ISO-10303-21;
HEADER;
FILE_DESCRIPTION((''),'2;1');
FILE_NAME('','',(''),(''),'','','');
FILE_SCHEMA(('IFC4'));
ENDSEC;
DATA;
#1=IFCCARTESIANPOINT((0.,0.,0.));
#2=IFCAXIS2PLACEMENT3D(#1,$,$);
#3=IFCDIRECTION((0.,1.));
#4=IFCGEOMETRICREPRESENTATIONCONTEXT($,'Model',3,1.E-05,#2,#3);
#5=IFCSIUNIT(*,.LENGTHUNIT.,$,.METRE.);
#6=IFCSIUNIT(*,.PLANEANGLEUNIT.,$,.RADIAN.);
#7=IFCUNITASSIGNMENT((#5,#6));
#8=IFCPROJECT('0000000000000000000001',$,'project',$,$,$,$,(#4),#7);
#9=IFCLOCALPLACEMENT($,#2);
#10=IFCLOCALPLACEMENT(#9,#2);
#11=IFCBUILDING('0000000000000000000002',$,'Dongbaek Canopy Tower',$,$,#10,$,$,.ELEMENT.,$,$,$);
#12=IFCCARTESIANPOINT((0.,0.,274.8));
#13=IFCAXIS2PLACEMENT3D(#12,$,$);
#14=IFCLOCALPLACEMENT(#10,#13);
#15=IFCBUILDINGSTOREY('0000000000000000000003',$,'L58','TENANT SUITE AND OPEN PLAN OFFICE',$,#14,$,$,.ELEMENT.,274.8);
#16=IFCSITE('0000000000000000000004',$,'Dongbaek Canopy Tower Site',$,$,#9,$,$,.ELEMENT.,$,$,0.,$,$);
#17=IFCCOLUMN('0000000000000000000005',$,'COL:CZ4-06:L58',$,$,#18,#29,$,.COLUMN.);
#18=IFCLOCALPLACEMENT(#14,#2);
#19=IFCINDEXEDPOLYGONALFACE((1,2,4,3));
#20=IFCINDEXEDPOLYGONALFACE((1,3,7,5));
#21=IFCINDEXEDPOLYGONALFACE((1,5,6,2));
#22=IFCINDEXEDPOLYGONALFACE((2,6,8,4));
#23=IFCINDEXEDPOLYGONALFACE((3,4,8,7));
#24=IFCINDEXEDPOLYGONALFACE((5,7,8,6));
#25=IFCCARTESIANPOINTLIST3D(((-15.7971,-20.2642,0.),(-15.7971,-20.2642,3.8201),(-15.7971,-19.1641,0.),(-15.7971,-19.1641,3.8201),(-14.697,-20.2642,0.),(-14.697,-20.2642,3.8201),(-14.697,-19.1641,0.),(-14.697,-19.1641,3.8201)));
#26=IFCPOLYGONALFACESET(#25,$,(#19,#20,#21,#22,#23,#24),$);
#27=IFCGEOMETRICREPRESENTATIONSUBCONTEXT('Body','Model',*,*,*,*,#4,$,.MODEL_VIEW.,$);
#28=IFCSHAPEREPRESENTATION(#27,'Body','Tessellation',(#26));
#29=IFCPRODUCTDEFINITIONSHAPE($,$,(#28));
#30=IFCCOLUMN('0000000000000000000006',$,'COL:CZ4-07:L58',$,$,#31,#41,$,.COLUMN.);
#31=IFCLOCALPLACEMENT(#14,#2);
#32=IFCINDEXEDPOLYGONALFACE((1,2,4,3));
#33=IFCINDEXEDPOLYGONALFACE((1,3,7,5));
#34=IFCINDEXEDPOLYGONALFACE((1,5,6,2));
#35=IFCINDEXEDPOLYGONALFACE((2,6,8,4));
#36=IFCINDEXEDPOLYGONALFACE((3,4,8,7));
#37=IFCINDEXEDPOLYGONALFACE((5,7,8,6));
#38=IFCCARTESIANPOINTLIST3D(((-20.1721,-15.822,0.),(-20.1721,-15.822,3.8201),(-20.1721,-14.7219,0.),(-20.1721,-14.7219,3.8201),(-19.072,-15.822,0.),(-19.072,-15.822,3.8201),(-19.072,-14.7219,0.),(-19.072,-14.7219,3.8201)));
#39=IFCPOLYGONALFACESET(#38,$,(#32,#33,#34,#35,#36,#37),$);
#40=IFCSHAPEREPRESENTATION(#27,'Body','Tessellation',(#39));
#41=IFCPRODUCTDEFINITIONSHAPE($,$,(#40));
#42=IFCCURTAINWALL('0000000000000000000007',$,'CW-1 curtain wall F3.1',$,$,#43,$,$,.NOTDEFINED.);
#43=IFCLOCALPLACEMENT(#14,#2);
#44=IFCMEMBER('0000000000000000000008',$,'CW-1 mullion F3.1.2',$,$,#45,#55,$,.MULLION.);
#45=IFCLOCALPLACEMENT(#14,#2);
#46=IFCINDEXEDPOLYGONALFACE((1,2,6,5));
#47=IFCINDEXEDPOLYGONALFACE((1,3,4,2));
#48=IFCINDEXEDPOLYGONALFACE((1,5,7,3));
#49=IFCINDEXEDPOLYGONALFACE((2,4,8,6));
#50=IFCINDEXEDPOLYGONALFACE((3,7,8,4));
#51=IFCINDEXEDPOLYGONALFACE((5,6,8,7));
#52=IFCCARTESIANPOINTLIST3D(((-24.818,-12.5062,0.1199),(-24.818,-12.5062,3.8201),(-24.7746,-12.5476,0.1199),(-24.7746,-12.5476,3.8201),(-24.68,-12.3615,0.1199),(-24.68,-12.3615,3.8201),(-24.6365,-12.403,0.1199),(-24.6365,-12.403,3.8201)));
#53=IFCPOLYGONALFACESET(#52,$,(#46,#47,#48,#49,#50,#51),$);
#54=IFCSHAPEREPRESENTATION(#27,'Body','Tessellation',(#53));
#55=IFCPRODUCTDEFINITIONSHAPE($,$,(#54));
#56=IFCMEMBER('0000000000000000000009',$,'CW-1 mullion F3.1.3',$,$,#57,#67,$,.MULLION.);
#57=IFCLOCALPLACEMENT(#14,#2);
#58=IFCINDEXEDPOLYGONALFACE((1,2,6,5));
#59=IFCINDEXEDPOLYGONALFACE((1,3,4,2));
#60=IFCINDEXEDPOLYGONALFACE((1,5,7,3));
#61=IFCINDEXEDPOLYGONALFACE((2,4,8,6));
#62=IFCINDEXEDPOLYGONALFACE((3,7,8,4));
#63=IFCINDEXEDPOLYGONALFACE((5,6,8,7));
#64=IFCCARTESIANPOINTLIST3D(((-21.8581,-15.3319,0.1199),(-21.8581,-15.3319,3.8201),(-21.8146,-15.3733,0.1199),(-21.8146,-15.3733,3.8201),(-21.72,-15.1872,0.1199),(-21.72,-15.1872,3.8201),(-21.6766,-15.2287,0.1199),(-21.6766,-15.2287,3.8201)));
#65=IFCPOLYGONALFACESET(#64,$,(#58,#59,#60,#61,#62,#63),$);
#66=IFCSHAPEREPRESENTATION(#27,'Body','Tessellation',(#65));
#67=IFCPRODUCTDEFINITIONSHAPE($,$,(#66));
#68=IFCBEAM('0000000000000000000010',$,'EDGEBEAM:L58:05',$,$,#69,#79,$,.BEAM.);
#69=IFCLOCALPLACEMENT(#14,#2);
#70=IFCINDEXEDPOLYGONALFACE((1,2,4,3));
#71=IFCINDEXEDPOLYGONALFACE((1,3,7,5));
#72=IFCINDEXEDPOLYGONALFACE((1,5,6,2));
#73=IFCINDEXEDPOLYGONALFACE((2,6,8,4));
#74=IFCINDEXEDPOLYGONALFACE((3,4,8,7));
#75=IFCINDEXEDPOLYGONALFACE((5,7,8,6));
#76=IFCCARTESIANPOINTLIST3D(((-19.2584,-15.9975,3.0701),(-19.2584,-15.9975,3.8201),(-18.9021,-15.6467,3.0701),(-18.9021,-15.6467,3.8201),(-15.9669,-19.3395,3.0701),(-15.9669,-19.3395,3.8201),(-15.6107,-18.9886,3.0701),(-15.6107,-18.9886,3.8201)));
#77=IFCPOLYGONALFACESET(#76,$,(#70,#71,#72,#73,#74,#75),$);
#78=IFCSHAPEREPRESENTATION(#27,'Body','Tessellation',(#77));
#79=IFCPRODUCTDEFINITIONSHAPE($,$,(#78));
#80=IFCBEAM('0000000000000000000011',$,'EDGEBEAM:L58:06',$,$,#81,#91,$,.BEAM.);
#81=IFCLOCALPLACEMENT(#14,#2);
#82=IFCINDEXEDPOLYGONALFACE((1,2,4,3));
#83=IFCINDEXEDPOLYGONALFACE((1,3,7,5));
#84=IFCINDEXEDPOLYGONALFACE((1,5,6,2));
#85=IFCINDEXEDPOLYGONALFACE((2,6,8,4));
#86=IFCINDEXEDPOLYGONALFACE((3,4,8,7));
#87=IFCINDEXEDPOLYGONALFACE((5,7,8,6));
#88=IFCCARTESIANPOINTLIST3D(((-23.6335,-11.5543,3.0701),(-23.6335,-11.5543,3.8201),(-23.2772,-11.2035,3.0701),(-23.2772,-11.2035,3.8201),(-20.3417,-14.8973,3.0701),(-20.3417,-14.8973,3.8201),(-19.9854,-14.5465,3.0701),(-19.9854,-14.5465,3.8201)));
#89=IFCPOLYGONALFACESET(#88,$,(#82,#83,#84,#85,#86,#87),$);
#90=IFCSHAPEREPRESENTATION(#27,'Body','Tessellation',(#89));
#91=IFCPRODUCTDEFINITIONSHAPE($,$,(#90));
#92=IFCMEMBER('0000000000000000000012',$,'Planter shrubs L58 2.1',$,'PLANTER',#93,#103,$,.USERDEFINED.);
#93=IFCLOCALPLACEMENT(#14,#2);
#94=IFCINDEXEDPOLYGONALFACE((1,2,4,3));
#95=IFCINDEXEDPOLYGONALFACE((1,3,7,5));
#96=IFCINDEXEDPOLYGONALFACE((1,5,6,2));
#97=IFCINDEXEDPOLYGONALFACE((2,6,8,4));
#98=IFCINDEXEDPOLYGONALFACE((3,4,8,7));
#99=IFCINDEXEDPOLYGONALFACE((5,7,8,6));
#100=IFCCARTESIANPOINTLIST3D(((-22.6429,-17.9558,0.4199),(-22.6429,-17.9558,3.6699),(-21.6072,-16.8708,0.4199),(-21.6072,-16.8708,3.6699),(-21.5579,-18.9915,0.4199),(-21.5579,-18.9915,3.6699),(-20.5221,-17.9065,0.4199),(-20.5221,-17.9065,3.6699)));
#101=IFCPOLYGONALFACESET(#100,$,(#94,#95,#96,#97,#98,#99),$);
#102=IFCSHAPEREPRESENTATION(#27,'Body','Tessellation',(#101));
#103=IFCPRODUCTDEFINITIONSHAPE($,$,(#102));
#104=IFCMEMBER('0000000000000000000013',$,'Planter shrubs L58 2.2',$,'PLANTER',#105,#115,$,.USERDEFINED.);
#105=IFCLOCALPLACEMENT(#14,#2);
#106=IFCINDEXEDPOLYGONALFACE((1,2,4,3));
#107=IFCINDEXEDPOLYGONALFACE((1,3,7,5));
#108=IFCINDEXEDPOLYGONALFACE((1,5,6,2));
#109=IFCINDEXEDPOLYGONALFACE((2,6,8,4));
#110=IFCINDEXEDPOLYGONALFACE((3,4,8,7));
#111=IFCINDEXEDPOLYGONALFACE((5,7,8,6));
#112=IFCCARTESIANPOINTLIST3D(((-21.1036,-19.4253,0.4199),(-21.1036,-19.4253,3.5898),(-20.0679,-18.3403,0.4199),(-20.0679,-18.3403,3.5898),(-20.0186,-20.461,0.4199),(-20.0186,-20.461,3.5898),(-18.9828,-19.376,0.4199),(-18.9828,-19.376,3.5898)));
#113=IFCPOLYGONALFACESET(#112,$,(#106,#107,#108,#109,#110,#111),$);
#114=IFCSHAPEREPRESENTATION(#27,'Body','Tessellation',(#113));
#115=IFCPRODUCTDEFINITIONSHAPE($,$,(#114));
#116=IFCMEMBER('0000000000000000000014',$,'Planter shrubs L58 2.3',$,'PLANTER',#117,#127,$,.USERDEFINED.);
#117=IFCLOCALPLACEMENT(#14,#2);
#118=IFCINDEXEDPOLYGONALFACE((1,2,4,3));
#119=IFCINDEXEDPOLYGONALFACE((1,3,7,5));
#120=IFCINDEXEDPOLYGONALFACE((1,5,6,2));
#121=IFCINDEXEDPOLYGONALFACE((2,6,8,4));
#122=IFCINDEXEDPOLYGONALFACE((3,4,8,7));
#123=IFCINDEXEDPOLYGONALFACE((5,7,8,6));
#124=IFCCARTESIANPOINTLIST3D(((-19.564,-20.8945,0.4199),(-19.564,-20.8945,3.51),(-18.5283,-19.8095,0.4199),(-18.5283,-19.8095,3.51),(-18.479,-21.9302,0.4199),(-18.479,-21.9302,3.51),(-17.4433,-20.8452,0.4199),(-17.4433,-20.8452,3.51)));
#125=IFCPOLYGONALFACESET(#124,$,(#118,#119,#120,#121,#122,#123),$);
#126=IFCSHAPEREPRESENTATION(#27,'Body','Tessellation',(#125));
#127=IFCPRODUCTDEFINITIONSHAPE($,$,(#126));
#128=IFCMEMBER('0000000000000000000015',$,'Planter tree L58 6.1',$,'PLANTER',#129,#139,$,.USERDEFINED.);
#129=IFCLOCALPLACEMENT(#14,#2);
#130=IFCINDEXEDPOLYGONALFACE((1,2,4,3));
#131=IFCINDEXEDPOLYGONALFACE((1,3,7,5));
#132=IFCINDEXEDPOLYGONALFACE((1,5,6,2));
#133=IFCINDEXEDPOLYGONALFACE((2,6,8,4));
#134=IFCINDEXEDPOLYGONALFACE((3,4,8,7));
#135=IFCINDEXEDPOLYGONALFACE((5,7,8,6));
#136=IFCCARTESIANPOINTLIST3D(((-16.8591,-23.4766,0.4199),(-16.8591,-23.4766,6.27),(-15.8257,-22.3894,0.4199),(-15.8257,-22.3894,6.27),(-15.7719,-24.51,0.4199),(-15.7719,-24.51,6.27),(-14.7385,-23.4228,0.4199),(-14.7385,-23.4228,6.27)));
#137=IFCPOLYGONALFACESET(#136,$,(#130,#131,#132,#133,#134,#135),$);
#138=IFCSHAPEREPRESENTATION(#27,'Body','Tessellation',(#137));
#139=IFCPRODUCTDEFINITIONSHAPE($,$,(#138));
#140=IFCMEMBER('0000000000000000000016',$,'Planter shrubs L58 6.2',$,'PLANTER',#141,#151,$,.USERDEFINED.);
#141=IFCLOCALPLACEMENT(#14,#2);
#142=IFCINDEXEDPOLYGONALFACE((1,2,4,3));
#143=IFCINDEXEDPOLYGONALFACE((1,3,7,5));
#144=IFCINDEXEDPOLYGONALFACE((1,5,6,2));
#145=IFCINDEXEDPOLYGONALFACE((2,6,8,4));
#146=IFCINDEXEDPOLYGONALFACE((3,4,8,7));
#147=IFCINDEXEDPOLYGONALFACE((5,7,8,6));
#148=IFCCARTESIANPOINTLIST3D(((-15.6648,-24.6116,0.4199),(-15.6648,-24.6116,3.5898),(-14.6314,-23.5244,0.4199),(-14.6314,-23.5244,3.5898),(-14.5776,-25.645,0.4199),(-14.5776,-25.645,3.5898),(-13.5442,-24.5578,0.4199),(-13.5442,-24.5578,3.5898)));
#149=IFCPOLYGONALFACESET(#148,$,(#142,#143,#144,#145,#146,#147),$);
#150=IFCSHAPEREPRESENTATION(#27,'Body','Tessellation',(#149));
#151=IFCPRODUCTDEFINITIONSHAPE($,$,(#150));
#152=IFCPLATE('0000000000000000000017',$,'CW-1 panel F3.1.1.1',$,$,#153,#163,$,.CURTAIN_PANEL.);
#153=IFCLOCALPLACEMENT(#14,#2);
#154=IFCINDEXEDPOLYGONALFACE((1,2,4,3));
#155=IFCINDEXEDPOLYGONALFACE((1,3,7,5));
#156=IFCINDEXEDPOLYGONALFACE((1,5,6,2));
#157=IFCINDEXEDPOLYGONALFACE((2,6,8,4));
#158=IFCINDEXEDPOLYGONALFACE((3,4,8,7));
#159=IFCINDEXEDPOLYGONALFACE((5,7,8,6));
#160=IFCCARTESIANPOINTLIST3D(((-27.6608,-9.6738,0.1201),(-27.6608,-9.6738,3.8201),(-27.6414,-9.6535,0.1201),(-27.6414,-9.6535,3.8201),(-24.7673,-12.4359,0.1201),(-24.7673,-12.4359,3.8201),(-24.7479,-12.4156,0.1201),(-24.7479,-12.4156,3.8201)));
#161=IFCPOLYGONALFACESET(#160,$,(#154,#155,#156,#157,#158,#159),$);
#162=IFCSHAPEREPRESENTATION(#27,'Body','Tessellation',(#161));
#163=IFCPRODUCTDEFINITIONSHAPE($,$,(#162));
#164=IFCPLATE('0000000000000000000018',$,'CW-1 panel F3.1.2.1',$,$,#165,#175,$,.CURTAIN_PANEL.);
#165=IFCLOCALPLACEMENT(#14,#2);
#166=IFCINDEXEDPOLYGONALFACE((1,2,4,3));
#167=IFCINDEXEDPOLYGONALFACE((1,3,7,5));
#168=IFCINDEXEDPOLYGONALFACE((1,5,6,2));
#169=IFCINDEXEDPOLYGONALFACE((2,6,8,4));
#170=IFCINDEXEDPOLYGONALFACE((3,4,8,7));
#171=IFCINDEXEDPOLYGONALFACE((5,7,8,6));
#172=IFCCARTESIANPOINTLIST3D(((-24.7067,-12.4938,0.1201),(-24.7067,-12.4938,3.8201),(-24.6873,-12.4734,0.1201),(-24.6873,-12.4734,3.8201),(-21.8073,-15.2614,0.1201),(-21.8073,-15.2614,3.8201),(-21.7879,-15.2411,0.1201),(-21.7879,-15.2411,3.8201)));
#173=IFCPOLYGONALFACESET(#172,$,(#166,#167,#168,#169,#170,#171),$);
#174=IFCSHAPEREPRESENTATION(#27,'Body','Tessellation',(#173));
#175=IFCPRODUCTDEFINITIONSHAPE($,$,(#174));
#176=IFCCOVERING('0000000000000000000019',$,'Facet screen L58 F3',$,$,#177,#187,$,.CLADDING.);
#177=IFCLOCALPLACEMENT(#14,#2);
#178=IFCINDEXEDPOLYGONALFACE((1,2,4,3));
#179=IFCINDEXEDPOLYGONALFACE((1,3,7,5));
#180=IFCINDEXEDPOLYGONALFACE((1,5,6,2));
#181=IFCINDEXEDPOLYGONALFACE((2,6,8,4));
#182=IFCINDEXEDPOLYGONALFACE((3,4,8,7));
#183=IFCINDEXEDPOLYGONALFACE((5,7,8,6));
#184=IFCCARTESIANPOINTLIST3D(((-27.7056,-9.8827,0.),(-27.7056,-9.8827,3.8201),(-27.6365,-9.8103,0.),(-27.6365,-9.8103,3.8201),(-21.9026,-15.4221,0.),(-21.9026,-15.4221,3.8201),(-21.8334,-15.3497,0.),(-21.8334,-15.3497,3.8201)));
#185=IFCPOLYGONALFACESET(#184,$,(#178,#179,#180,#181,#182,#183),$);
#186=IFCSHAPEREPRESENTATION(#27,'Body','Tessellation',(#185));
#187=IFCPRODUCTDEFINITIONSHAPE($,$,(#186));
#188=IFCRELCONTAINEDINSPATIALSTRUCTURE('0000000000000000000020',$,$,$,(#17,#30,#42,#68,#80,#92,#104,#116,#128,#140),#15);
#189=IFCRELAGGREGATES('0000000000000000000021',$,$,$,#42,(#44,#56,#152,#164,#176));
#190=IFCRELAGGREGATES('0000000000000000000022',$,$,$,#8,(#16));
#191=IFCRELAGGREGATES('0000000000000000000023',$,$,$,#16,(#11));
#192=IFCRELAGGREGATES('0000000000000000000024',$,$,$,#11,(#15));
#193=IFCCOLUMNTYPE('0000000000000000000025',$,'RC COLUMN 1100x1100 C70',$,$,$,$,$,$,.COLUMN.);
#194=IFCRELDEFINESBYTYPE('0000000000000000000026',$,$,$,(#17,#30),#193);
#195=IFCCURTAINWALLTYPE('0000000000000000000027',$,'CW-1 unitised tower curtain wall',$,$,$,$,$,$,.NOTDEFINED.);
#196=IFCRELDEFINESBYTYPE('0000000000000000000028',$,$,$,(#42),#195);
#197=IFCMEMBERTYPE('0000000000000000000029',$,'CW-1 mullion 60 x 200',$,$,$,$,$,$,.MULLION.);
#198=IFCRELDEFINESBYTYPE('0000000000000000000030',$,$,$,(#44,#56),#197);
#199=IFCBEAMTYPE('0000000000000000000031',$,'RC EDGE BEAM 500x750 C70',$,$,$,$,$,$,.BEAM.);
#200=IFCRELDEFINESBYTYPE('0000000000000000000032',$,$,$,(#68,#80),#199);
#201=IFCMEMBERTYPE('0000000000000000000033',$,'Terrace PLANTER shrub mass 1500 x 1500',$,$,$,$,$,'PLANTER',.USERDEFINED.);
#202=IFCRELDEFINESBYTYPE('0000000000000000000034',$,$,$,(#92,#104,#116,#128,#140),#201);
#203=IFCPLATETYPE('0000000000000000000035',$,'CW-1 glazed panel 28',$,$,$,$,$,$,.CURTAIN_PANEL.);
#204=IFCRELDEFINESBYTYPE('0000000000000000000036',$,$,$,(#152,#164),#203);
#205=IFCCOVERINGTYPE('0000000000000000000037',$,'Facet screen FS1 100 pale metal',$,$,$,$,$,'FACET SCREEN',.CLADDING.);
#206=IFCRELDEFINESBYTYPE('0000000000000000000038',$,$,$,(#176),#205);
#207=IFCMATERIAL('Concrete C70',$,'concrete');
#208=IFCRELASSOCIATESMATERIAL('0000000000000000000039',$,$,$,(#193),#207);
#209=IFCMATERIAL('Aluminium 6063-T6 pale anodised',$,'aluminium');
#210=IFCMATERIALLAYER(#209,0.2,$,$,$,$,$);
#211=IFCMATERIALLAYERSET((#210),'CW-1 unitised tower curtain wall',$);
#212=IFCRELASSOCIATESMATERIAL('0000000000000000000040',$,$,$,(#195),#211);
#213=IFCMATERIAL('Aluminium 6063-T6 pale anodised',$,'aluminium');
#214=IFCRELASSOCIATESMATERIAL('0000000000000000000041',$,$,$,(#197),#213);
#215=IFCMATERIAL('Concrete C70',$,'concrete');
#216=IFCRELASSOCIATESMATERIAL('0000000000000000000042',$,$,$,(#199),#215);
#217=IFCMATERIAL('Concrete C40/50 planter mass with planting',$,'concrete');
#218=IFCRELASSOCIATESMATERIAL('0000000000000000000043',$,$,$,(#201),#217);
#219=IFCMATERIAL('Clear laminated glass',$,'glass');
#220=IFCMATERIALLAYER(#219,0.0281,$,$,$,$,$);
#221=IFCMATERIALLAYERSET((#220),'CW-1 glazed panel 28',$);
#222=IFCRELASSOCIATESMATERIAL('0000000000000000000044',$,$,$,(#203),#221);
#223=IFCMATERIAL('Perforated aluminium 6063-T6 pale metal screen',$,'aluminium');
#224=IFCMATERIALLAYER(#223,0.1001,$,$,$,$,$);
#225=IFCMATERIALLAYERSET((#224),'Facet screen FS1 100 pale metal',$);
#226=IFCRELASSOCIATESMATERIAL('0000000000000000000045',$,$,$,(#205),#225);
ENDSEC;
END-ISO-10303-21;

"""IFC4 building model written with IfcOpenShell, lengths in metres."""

from ifc_helpers import new_model, si_unit, direction, frame, origin, origin_2d, place, context, subcontext, project, spatial, rectangle, extrude, material, layer, layer_set, material_profile, profile_set, type_object, element, aggregate, save


model = new_model("IFC4")

# Units and contexts
model_context = context("Model", 3, precision=1e-05, world=origin(), true_north=direction((0.0, 1.0)))
body_context = subcontext(model_context, "Body", "Model", "MODEL_VIEW")
ifc_project = project(units=[si_unit("LENGTHUNIT", "METRE"), si_unit("PLANEANGLEUNIT", "RADIAN")], contexts=[model_context])

# Site, building, storey
site_placement = place(None, origin())
site = spatial("IfcSite", under=ifc_project, at=site_placement, Name="Dongbaek Canopy Tower Site", CompositionType="ELEMENT", RefElevation=0.0)
building_placement = place(site_placement, origin())
building = spatial("IfcBuilding", under=site, at=building_placement, Name="Dongbaek Canopy Tower", CompositionType="ELEMENT")
storey_placement = place(building_placement, frame((0.0, 0.0, 274.8)))
storey = spatial("IfcBuildingStorey", under=building, at=storey_placement, Name="L58", Description="TENANT SUITE AND OPEN PLAN OFFICE", CompositionType="ELEMENT", Elevation=274.8)

# Columns
ifc_material_1 = material(Name="Concrete C70", Category="concrete")
ifc_material_profile_1 = material_profile(ifc_material_1, rectangle(XDim=1.1001, YDim=1.1001, at=origin_2d()), Name="RC COLUMN 1100x1100 C70")
ifc_profile_set_1 = profile_set([ifc_material_profile_1], Name="Concrete C70")
column_type = type_object("IfcColumnType", Name="RC COLUMN 1100x1100 C70", PredefinedType="COLUMN", material=ifc_profile_set_1)
for number, where, z_axis, x_axis, name in (
    (1, (-15.2471, -19.7141, 0.0), (0.0, 0.0, 1.0), (1.0, 0.0, 0.0), "COL:CZ4-06:L58"),
    (2, (-19.6221, -15.272, 0.0), (0.0, 0.0, 1.0), (1.0, 0.0, 0.0), "COL:CZ4-07:L58"),
):
    element("IfcColumn", number, at=place(storey_placement, frame(where, z_axis=z_axis, x_axis=x_axis)), inside=storey, type_object=column_type, Name=name, PredefinedType="COLUMN", context=body_context, shape_type="SweptSolid", body=[
        extrude(rectangle(XDim=1.1001, YDim=1.1001, at=origin_2d()), origin(), (0.0, 0.0, 1.0), 3.8201),
    ])

# Curtain wall, members
ifc_material_2 = material(Name="Aluminium 6063-T6 pale anodised", Category="aluminium")
ifc_layer_1 = layer(ifc_material_2, 0.2)
ifc_layer_set_1 = layer_set([ifc_layer_1], Name="CW-1 unitised tower curtain wall")
curtain_wall_type = type_object("IfcCurtainWallType", Name="CW-1 unitised tower curtain wall", PredefinedType="NOTDEFINED", material=ifc_layer_set_1)
curtain_wall_placement = place(storey_placement, origin())
curtain_wall = element("IfcCurtainWall", 3, at=curtain_wall_placement, inside=storey, type_object=curtain_wall_type, Name="CW-1 curtain wall F3.1", PredefinedType="NOTDEFINED")
ifc_material_3 = material(Name="Aluminium 6063-T6 pale anodised", Category="aluminium")
ifc_material_profile_2 = material_profile(ifc_material_3, rectangle(XDim=0.2, YDim=0.0601, at=origin_2d()), Name="CW-1 mullion 60 x 200")
ifc_profile_set_2 = profile_set([ifc_material_profile_2], Name="Aluminium 6063-T6 pale anodised")
member_type_1 = type_object("IfcMemberType", Name="CW-1 mullion 60 x 200", PredefinedType="MULLION", material=ifc_profile_set_2)
member_1_placement = place(storey_placement, frame((-24.7273, -12.4546, 0.1199), z_axis=(0.0, 0.0, 1.0), x_axis=(-0.690482, -0.72335, 0.0)))
member_1 = element("IfcMember", 4, at=member_1_placement, type_object=member_type_1, Name="CW-1 mullion F3.1.2", PredefinedType="MULLION", context=body_context, shape_type="SweptSolid", body=[
    extrude(rectangle(XDim=0.2, YDim=0.0601, at=origin_2d()), origin(), (0.0, 0.0, 1.0), 3.7002),
])
member_2_placement = place(storey_placement, frame((-21.7673, -15.2803, 0.1199), z_axis=(0.0, 0.0, 1.0), x_axis=(-0.690482, -0.72335, 0.0)))
member_2 = element("IfcMember", 5, at=member_2_placement, type_object=member_type_1, Name="CW-1 mullion F3.1.3", PredefinedType="MULLION", context=body_context, shape_type="SweptSolid", body=[
    extrude(rectangle(XDim=0.2, YDim=0.0601, at=origin_2d()), origin(), (0.0, 0.0, 1.0), 3.7002),
])

# Beams
ifc_material_4 = material(Name="Concrete C70", Category="concrete")
ifc_material_profile_3 = material_profile(ifc_material_4, rectangle(XDim=0.5, YDim=0.75, at=origin_2d()), Name="RC EDGE BEAM 500x750 C70")
ifc_profile_set_3 = profile_set([ifc_material_profile_3], Name="Concrete C70")
beam_type = type_object("IfcBeamType", Name="RC EDGE BEAM 500x750 C70", PredefinedType="BEAM", material=ifc_profile_set_3)
beam_1_placement = place(storey_placement, frame((-15.7888, -19.1641, 3.4451), z_axis=(-0.701699, 0.712473, 0.0), x_axis=(-0.712473, -0.701699, 0.0)))
element("IfcBeam", 6, at=beam_1_placement, inside=storey, type_object=beam_type, Name="EDGEBEAM:L58:05", PredefinedType="BEAM", context=body_context, shape_type="SweptSolid", body=[
    extrude(rectangle(XDim=0.5, YDim=0.75, at=origin_2d()), origin(), (0.0, 0.0, 1.0), 4.6907),
])
beam_2_placement = place(storey_placement, frame((-20.1636, -14.7219, 3.4451), z_axis=(-0.701622, 0.71255, 0.0), x_axis=(-0.71255, -0.701622, 0.0)))
element("IfcBeam", 7, at=beam_2_placement, inside=storey, type_object=beam_type, Name="EDGEBEAM:L58:06", PredefinedType="BEAM", context=body_context, shape_type="SweptSolid", body=[
    extrude(rectangle(XDim=0.5, YDim=0.75, at=origin_2d()), origin(), (0.0, 0.0, 1.0), 4.6917),
])

# Members
ifc_material_5 = material(Name="Concrete C40/50 planter mass with planting", Category="concrete")
ifc_material_profile_4 = material_profile(ifc_material_5, rectangle(XDim=1.5, YDim=1.5, at=origin_2d()), Name="Terrace PLANTER shrub mass 1500 x 1500")
ifc_profile_set_4 = profile_set([ifc_material_profile_4], Name="Concrete C40/50 planter mass with planting")
member_type_2 = type_object("IfcMemberType", Name="Terrace PLANTER shrub mass 1500 x 1500", ElementType="PLANTER", PredefinedType="USERDEFINED", material=ifc_profile_set_4)
member_3_placement = place(storey_placement, frame((-21.5825, -17.9312, 0.4199), z_axis=(0.0, 0.0, 1.0), x_axis=(-0.690482, -0.72335, 0.0)))
element("IfcMember", 8, at=member_3_placement, inside=storey, type_object=member_type_2, Name="Planter shrubs L58 2.1", ObjectType="PLANTER", PredefinedType="USERDEFINED", context=body_context, shape_type="SweptSolid", body=[
    extrude(rectangle(XDim=1.5, YDim=1.5, at=origin_2d()), origin(), (0.0, 0.0, 1.0), 3.25),
])
member_4_placement = place(storey_placement, frame((-20.0432, -19.4006, 0.4199), z_axis=(0.0, 0.0, 1.0), x_axis=(-0.690482, -0.72335, 0.0)))
element("IfcMember", 9, at=member_4_placement, inside=storey, type_object=member_type_2, Name="Planter shrubs L58 2.2", ObjectType="PLANTER", PredefinedType="USERDEFINED", context=body_context, shape_type="SweptSolid", body=[
    extrude(rectangle(XDim=1.5, YDim=1.5, at=origin_2d()), origin(), (0.0, 0.0, 1.0), 3.1699),
])
member_5_placement = place(storey_placement, frame((-18.5037, -20.8699, 0.4199), z_axis=(0.0, 0.0, 1.0), x_axis=(-0.690482, -0.72335, 0.0)))
element("IfcMember", 10, at=member_5_placement, inside=storey, type_object=member_type_2, Name="Planter shrubs L58 2.3", ObjectType="PLANTER", PredefinedType="USERDEFINED", context=body_context, shape_type="SweptSolid", body=[
    extrude(rectangle(XDim=1.5, YDim=1.5, at=origin_2d()), origin(), (0.0, 0.0, 1.0), 3.0901),
])
member_6_placement = place(storey_placement, frame((-15.7988, -23.4497, 0.4199), z_axis=(0.0, 0.0, 1.0), x_axis=(-0.688957, -0.724803, 0.0)))
element("IfcMember", 11, at=member_6_placement, inside=storey, type_object=member_type_2, Name="Planter tree L58 6.1", ObjectType="PLANTER", PredefinedType="USERDEFINED", context=body_context, shape_type="SweptSolid", body=[
    extrude(rectangle(XDim=1.5, YDim=1.5, at=origin_2d()), origin(), (0.0, 0.0, 1.0), 5.8501),
])
member_7_placement = place(storey_placement, frame((-14.6045, -24.5847, 0.4199), z_axis=(0.0, 0.0, 1.0), x_axis=(-0.688957, -0.724803, 0.0)))
element("IfcMember", 12, at=member_7_placement, inside=storey, type_object=member_type_2, Name="Planter shrubs L58 6.2", ObjectType="PLANTER", PredefinedType="USERDEFINED", context=body_context, shape_type="SweptSolid", body=[
    extrude(rectangle(XDim=1.5, YDim=1.5, at=origin_2d()), origin(), (0.0, 0.0, 1.0), 3.1699),
])

# Plates
ifc_material_6 = material(Name="Clear laminated glass", Category="glass")
ifc_layer_2 = layer(ifc_material_6, 0.0281)
ifc_layer_set_2 = layer_set([ifc_layer_2], Name="CW-1 glazed panel 28")
plate_type = type_object("IfcPlateType", Name="CW-1 glazed panel 28", PredefinedType="CURTAIN_PANEL", material=ifc_layer_set_2)
plate_1_placement = place(storey_placement, frame((-26.2043, -11.0447, 0.1201), z_axis=(0.0, 0.0, 1.0), x_axis=(0.72335, -0.690482, 0.0)))
plate_1 = element("IfcPlate", 13, at=plate_1_placement, type_object=plate_type, Name="CW-1 panel F3.1.1.1", PredefinedType="CURTAIN_PANEL", context=body_context, shape_type="SweptSolid", body=[
    extrude(rectangle(XDim=4.0002, YDim=0.0281, at=origin_2d()), origin(), (0.0, 0.0, 1.0), 3.7),
])
plate_2_placement = place(storey_placement, frame((-23.2473, -13.8674, 0.1201), z_axis=(0.0, 0.0, 1.0), x_axis=(0.72335, -0.690482, 0.0)))
plate_2 = element("IfcPlate", 14, at=plate_2_placement, type_object=plate_type, Name="CW-1 panel F3.1.2.1", PredefinedType="CURTAIN_PANEL", context=body_context, shape_type="SweptSolid", body=[
    extrude(rectangle(XDim=4.0083, YDim=0.0281, at=origin_2d()), origin(), (0.0, 0.0, 1.0), 3.7),
])

# Covering
ifc_material_7 = material(Name="Perforated aluminium 6063-T6 pale metal screen", Category="aluminium")
ifc_layer_3 = layer(ifc_material_7, 0.1001)
ifc_layer_set_3 = layer_set([ifc_layer_3], Name="Facet screen FS1 100 pale metal")
covering_type = type_object("IfcCoveringType", Name="Facet screen FS1 100 pale metal", ElementType="FACET SCREEN", PredefinedType="CLADDING", material=ifc_layer_set_3)
covering_placement = place(storey_placement, frame((-24.7695, -12.6162, 0.0), z_axis=(0.0, 0.0, 1.0), x_axis=(0.72335, -0.690481, 0.0)))
covering = element("IfcCovering", 15, at=covering_placement, type_object=covering_type, Name="Facet screen L58 F3", PredefinedType="CLADDING", context=body_context, shape_type="SweptSolid", body=[
    extrude(rectangle(XDim=8.0225, YDim=0.1001, at=origin_2d()), origin(), (0.0, 0.0, 1.0), 3.8201),
])
aggregate(curtain_wall, [member_1, member_2, plate_1, plate_2, covering])

save(model, "model.ifc")
